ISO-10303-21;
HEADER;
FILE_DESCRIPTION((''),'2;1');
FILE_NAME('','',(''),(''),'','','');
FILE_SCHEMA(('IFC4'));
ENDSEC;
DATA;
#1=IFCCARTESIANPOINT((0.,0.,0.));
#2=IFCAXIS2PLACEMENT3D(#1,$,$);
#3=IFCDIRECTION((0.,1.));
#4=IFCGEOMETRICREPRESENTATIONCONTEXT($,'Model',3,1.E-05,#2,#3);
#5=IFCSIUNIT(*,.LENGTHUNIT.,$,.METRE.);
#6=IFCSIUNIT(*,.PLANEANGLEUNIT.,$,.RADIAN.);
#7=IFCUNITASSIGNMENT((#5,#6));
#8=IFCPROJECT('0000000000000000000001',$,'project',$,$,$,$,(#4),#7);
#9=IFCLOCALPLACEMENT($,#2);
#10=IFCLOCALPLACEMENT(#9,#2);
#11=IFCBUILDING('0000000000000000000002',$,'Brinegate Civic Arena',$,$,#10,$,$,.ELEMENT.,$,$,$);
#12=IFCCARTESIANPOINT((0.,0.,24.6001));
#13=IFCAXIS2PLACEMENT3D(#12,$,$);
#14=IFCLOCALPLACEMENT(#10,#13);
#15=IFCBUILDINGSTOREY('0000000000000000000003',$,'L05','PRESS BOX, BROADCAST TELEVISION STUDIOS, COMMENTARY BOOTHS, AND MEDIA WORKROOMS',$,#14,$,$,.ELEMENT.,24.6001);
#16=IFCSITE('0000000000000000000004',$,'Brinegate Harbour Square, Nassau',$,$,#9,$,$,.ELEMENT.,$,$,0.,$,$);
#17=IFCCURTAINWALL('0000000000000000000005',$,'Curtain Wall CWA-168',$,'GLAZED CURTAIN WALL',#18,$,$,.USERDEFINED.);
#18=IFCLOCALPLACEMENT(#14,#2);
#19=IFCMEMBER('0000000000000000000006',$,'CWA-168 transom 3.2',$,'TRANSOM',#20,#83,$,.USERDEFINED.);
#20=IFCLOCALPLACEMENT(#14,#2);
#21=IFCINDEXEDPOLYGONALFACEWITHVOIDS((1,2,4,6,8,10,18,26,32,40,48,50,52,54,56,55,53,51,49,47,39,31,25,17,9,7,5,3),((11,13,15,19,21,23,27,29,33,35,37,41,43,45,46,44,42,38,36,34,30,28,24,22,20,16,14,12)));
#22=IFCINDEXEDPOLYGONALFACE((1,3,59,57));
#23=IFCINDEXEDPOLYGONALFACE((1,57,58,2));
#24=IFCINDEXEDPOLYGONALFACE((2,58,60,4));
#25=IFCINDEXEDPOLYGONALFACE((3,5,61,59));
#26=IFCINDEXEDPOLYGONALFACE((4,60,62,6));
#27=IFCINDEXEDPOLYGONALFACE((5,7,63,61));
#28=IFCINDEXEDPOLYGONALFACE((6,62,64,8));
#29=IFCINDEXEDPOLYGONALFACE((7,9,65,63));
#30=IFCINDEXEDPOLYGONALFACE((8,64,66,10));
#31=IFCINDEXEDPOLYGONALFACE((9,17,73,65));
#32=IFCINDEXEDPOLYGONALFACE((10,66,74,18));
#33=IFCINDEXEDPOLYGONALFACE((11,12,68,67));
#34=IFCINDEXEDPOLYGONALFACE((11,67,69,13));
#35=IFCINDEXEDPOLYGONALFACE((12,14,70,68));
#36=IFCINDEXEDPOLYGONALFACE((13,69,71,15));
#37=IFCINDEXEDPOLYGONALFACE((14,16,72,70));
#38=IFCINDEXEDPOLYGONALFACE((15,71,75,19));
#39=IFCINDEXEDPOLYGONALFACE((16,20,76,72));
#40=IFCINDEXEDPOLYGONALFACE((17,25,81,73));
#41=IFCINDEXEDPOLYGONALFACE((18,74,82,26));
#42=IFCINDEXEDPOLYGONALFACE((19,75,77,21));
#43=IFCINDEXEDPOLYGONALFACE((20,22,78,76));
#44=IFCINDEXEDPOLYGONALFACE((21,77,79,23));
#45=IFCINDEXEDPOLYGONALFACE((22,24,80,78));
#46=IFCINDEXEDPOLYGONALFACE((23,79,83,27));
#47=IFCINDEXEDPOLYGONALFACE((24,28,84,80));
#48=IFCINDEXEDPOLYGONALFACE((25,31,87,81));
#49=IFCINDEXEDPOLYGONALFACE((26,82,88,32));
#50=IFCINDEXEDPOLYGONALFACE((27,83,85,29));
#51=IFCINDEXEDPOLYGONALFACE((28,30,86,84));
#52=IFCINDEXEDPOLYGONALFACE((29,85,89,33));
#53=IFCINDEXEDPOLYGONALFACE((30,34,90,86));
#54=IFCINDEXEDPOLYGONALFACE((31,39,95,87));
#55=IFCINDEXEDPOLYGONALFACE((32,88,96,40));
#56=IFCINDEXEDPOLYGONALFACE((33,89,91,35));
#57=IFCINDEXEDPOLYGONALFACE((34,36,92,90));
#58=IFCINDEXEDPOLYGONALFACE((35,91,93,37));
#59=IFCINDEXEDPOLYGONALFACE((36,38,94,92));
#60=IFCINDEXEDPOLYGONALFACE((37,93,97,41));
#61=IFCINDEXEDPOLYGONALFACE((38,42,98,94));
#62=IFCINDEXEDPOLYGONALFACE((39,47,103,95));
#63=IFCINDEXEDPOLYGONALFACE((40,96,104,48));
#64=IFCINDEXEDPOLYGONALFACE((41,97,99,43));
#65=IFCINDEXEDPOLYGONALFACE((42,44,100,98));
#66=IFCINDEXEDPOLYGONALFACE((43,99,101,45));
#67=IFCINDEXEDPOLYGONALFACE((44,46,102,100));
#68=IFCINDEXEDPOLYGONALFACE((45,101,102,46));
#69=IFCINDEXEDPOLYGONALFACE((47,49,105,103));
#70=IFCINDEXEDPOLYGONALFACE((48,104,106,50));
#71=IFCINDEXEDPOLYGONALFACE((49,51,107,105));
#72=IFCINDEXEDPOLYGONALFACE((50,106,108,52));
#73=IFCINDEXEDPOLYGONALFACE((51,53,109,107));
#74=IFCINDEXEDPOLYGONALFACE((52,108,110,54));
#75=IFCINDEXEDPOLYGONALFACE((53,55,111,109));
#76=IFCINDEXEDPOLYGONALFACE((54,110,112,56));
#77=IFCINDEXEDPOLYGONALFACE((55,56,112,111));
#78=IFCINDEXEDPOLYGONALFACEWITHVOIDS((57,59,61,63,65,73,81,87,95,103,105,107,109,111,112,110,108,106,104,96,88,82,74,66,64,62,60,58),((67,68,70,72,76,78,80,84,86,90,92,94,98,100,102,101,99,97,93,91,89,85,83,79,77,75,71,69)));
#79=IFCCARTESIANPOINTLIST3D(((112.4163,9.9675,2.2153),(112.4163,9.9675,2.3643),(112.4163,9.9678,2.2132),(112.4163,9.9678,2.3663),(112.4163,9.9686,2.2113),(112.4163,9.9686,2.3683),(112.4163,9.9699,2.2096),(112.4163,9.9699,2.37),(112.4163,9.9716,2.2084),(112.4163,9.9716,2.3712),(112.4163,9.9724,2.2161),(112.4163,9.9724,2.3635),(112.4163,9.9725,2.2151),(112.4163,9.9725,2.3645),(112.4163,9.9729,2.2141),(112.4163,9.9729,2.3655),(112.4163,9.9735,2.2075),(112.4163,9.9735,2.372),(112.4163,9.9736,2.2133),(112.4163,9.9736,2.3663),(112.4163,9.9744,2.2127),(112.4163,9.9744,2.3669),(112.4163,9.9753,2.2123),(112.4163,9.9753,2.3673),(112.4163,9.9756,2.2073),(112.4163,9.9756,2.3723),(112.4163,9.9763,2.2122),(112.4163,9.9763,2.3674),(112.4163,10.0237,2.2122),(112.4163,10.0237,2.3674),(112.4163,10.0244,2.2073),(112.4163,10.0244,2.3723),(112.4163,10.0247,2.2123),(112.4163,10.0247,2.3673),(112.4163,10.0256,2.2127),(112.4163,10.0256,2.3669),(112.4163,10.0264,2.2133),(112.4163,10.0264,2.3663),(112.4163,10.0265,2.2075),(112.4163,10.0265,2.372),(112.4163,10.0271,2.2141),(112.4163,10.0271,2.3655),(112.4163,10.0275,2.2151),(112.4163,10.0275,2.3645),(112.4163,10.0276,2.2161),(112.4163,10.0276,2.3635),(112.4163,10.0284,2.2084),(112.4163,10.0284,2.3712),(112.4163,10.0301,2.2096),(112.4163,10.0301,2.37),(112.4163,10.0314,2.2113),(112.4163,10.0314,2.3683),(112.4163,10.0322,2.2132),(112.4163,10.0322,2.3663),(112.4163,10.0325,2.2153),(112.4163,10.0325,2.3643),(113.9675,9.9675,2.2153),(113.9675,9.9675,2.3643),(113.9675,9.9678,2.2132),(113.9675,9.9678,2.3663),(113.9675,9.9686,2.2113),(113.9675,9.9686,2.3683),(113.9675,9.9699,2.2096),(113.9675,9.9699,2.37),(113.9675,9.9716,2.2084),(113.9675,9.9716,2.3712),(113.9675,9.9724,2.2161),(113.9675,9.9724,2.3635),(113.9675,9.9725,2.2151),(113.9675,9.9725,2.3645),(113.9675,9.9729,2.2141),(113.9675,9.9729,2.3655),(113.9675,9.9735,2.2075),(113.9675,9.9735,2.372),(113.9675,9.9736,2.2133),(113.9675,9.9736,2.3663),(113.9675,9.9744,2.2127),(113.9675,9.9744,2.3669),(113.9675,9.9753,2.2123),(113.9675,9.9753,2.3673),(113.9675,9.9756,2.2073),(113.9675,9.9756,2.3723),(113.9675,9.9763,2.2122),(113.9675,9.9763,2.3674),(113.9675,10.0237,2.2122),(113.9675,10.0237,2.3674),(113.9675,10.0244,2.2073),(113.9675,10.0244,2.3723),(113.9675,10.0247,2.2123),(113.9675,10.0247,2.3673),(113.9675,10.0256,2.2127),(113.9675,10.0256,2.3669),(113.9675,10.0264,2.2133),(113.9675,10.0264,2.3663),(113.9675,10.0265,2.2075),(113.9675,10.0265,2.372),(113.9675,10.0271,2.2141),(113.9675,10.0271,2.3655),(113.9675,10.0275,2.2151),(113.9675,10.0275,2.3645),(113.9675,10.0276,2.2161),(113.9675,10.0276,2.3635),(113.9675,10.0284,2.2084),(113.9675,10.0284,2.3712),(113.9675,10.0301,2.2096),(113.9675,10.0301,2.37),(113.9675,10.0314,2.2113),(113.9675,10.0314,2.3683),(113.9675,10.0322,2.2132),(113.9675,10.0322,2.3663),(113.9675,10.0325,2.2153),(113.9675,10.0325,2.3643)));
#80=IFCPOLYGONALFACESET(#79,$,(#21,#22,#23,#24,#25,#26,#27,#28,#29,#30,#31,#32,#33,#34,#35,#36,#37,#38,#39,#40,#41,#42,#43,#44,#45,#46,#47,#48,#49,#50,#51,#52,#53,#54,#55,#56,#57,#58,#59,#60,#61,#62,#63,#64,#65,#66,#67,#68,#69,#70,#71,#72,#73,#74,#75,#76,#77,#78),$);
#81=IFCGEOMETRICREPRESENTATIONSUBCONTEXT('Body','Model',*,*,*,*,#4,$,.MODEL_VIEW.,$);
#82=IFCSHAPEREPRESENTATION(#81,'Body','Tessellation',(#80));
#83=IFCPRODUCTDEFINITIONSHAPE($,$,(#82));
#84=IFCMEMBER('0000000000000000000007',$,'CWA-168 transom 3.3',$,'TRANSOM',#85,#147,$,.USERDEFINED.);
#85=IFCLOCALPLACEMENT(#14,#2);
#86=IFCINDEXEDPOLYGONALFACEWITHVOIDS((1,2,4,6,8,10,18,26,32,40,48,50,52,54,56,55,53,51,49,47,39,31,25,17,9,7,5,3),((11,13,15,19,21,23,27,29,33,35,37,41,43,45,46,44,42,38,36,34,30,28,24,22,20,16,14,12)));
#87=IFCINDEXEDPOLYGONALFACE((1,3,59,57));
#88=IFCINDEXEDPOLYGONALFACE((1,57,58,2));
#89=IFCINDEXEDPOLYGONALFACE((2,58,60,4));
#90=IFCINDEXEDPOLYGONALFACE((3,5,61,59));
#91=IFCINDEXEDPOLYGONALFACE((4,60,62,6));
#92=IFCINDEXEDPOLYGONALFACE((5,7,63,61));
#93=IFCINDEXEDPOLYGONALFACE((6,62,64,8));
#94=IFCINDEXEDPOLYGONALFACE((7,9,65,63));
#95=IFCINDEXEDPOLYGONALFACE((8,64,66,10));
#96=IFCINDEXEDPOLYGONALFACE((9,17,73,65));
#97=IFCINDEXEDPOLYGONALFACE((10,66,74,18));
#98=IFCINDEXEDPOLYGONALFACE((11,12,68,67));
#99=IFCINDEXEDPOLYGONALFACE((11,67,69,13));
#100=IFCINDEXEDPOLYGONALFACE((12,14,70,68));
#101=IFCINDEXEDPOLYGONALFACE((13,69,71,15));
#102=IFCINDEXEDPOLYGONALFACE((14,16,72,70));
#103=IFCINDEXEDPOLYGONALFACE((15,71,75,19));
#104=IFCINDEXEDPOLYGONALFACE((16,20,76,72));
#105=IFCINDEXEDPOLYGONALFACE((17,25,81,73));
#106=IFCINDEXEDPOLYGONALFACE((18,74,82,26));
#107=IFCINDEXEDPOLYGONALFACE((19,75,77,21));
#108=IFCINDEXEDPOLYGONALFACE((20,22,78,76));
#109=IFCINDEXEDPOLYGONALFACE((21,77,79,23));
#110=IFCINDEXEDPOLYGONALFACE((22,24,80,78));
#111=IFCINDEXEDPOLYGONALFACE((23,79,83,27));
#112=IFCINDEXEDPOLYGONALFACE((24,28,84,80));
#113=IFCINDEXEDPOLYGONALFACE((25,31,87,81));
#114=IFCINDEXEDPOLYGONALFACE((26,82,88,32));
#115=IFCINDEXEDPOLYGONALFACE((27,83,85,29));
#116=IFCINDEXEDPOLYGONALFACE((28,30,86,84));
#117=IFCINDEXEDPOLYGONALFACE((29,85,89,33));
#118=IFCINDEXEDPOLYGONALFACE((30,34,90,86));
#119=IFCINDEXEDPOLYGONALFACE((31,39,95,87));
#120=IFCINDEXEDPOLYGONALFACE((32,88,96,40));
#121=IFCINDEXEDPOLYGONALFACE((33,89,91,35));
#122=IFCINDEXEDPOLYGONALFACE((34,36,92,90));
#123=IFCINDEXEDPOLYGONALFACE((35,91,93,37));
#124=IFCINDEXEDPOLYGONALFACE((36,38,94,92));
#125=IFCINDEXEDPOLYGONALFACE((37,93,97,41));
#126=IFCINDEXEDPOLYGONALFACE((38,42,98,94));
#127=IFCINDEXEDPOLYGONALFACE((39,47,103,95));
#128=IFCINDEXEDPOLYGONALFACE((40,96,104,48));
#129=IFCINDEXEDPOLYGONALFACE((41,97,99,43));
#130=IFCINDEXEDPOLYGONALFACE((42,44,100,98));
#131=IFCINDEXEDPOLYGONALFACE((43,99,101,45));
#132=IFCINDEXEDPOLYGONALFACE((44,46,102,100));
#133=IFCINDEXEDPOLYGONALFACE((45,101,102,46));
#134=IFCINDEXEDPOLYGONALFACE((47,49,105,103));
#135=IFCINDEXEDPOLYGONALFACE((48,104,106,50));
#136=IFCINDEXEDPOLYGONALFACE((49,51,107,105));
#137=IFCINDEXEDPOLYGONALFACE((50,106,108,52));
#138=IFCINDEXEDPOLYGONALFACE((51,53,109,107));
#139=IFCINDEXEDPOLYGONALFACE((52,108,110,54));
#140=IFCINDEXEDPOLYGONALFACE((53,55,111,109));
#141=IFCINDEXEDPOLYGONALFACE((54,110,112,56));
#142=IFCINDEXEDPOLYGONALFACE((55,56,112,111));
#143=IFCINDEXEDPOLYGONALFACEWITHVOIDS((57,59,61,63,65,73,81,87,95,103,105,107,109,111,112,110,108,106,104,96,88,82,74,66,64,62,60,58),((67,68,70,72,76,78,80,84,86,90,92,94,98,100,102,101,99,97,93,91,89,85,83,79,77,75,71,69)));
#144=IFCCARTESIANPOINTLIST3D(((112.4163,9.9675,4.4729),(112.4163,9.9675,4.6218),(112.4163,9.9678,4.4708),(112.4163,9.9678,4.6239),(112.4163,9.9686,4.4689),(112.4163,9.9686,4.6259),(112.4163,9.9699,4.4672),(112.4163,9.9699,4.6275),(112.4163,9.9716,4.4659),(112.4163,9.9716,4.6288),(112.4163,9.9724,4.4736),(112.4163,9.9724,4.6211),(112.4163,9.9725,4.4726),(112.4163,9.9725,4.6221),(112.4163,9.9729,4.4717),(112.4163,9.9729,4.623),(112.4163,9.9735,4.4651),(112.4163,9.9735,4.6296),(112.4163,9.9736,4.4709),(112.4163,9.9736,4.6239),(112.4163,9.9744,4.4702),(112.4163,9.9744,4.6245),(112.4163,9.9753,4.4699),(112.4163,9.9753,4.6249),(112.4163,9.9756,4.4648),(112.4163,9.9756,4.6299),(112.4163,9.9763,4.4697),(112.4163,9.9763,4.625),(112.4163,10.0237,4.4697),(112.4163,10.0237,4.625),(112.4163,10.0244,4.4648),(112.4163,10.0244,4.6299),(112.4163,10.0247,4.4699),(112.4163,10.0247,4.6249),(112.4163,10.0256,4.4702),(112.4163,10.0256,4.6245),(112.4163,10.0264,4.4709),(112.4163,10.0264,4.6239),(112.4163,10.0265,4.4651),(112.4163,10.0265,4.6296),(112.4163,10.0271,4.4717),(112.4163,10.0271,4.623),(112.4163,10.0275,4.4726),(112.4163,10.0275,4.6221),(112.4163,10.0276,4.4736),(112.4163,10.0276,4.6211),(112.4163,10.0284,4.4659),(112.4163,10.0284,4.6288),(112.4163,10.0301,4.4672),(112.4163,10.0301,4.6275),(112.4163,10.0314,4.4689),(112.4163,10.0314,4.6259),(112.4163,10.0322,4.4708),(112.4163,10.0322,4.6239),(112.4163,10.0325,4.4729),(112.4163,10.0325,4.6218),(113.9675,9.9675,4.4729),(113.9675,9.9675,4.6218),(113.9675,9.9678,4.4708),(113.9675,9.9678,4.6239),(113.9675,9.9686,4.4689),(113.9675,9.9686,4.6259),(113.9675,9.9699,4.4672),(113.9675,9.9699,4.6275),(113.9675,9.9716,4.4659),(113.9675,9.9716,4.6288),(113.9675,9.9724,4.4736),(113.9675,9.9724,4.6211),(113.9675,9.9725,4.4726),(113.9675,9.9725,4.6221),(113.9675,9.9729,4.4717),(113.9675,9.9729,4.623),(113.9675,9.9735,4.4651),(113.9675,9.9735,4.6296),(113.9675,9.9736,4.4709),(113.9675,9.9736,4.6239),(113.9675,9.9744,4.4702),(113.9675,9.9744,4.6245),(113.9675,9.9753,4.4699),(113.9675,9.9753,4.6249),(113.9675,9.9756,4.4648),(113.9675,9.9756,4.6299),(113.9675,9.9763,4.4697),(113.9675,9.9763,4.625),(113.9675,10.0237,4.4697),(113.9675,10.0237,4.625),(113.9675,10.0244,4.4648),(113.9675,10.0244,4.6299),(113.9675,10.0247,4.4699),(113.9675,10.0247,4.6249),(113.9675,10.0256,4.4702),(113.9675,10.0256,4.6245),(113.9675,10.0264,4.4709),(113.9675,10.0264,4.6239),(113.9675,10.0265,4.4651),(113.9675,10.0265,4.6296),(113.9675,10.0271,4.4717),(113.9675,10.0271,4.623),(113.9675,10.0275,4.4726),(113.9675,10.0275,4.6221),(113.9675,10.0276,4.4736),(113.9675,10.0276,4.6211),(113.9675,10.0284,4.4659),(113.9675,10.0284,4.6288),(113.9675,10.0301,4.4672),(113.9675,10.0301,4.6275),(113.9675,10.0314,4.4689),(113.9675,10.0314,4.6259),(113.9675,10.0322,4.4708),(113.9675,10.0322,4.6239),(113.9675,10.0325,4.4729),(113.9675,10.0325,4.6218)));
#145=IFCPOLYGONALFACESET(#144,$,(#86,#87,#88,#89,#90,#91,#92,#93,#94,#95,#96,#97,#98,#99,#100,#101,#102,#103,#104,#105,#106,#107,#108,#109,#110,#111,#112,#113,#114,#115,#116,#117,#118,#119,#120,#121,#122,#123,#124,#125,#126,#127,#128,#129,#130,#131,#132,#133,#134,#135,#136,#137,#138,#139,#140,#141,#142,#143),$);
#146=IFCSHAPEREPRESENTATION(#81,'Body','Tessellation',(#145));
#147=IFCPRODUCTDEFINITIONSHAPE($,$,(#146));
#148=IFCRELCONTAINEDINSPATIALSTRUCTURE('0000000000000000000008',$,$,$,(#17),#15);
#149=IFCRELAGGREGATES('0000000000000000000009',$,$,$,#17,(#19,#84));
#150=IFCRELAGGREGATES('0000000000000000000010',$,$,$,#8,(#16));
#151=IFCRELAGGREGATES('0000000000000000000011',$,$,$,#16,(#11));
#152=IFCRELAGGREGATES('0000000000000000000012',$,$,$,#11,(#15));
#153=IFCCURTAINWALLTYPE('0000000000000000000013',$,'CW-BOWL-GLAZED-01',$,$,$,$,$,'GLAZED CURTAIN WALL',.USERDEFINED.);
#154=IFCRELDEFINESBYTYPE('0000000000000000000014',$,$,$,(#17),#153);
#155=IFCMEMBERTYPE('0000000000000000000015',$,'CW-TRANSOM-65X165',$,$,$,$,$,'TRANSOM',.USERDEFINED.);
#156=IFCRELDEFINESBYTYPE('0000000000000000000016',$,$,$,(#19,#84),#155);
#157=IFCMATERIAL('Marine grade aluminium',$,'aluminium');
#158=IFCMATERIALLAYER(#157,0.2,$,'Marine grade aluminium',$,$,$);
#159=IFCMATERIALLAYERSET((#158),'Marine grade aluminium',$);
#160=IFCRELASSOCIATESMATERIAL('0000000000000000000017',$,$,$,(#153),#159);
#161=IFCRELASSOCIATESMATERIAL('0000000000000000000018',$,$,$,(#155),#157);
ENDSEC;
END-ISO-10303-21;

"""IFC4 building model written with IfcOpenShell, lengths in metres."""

from ifc_helpers import new_model, si_unit, direction, frame, origin, origin_2d, place, context, subcontext, project, spatial, hollow_rectangle, extrude, material, layer, layer_set, material_profile, profile_set, type_object, element, aggregate, save


model = new_model("IFC4")

# Units and contexts
model_context = context("Model", 3, precision=1e-05, world=origin(), true_north=direction((0.0, 1.0)))
body_context = subcontext(model_context, "Body", "Model", "MODEL_VIEW")
ifc_project = project(units=[si_unit("LENGTHUNIT", "METRE"), si_unit("PLANEANGLEUNIT", "RADIAN")], contexts=[model_context])

# Site, building, storey
site_placement = place(None, origin())
site = spatial("IfcSite", under=ifc_project, at=site_placement, Name="Brinegate Harbour Square, Nassau", CompositionType="ELEMENT", RefElevation=0.0)
building_placement = place(site_placement, origin())
building = spatial("IfcBuilding", under=site, at=building_placement, Name="Brinegate Civic Arena", CompositionType="ELEMENT")
storey_placement = place(building_placement, frame((0.0, 0.0, 24.6001)))
storey = spatial("IfcBuildingStorey", under=building, at=storey_placement, Name="L05", Description="PRESS BOX, BROADCAST TELEVISION STUDIOS, COMMENTARY BOOTHS, AND MEDIA WORKROOMS", CompositionType="ELEMENT", Elevation=24.6001)

# Curtain wall, members
ifc_material_1 = material(Name="Marine grade aluminium", Category="aluminium")
ifc_layer_1 = layer(ifc_material_1, 0.2, Name="Marine grade aluminium")
ifc_layer_set_1 = layer_set([ifc_layer_1], Name="Marine grade aluminium")
curtain_wall_type = type_object("IfcCurtainWallType", Name="CW-BOWL-GLAZED-01", ElementType="GLAZED CURTAIN WALL", PredefinedType="USERDEFINED", material=ifc_layer_set_1)
curtain_wall_placement = place(storey_placement, origin())
curtain_wall = element("IfcCurtainWall", 1, at=curtain_wall_placement, inside=storey, type_object=curtain_wall_type, Name="Curtain Wall CWA-168", ObjectType="GLAZED CURTAIN WALL", PredefinedType="USERDEFINED")
ifc_material_profile_1 = material_profile(ifc_material_1, hollow_rectangle(XDim=0.0649, YDim=0.165, WallThickness=0.0049, InnerFilletRadius=0.0039, OuterFilletRadius=0.0081, at=origin_2d()), Name="TRN65X165")
ifc_profile_set_1 = profile_set([ifc_material_profile_1], Name="Marine grade aluminium")
member_type_1 = type_object("IfcMemberType", Name="CW-TRANSOM-65X165", ElementType="TRANSOM", PredefinedType="USERDEFINED", material=ifc_profile_set_1)
member_1_placement = place(storey_placement, frame((112.4163, 10.0, 2.2898), z_axis=(1.0, 0.0, 0.0), x_axis=(0.0, 1.0, 0.0)))
member_1 = element("IfcMember", 2, at=member_1_placement, type_object=member_type_1, Name="CWA-168 transom 3.2", ObjectType="TRANSOM", PredefinedType="USERDEFINED", context=body_context, shape_type="SweptSolid", body=[
    extrude(hollow_rectangle(XDim=0.0649, YDim=0.165, WallThickness=0.0049, InnerFilletRadius=0.0039, OuterFilletRadius=0.0081, at=origin_2d()), origin(), (0.0, 0.0, 1.0), 1.5513),
])
member_2_placement = place(storey_placement, frame((112.4163, 10.0, 4.5474), z_axis=(1.0, 0.0, 0.0), x_axis=(0.0, 1.0, 0.0)))
member_2 = element("IfcMember", 3, at=member_2_placement, type_object=member_type_1, Name="CWA-168 transom 3.3", ObjectType="TRANSOM", PredefinedType="USERDEFINED", context=body_context, shape_type="SweptSolid", body=[
    extrude(hollow_rectangle(XDim=0.0649, YDim=0.165, WallThickness=0.0049, InnerFilletRadius=0.0039, OuterFilletRadius=0.0081, at=origin_2d()), origin(), (0.0, 0.0, 1.0), 1.5513),
])

aggregate(curtain_wall, [member_1, member_2])

save(model, "model.ifc")
